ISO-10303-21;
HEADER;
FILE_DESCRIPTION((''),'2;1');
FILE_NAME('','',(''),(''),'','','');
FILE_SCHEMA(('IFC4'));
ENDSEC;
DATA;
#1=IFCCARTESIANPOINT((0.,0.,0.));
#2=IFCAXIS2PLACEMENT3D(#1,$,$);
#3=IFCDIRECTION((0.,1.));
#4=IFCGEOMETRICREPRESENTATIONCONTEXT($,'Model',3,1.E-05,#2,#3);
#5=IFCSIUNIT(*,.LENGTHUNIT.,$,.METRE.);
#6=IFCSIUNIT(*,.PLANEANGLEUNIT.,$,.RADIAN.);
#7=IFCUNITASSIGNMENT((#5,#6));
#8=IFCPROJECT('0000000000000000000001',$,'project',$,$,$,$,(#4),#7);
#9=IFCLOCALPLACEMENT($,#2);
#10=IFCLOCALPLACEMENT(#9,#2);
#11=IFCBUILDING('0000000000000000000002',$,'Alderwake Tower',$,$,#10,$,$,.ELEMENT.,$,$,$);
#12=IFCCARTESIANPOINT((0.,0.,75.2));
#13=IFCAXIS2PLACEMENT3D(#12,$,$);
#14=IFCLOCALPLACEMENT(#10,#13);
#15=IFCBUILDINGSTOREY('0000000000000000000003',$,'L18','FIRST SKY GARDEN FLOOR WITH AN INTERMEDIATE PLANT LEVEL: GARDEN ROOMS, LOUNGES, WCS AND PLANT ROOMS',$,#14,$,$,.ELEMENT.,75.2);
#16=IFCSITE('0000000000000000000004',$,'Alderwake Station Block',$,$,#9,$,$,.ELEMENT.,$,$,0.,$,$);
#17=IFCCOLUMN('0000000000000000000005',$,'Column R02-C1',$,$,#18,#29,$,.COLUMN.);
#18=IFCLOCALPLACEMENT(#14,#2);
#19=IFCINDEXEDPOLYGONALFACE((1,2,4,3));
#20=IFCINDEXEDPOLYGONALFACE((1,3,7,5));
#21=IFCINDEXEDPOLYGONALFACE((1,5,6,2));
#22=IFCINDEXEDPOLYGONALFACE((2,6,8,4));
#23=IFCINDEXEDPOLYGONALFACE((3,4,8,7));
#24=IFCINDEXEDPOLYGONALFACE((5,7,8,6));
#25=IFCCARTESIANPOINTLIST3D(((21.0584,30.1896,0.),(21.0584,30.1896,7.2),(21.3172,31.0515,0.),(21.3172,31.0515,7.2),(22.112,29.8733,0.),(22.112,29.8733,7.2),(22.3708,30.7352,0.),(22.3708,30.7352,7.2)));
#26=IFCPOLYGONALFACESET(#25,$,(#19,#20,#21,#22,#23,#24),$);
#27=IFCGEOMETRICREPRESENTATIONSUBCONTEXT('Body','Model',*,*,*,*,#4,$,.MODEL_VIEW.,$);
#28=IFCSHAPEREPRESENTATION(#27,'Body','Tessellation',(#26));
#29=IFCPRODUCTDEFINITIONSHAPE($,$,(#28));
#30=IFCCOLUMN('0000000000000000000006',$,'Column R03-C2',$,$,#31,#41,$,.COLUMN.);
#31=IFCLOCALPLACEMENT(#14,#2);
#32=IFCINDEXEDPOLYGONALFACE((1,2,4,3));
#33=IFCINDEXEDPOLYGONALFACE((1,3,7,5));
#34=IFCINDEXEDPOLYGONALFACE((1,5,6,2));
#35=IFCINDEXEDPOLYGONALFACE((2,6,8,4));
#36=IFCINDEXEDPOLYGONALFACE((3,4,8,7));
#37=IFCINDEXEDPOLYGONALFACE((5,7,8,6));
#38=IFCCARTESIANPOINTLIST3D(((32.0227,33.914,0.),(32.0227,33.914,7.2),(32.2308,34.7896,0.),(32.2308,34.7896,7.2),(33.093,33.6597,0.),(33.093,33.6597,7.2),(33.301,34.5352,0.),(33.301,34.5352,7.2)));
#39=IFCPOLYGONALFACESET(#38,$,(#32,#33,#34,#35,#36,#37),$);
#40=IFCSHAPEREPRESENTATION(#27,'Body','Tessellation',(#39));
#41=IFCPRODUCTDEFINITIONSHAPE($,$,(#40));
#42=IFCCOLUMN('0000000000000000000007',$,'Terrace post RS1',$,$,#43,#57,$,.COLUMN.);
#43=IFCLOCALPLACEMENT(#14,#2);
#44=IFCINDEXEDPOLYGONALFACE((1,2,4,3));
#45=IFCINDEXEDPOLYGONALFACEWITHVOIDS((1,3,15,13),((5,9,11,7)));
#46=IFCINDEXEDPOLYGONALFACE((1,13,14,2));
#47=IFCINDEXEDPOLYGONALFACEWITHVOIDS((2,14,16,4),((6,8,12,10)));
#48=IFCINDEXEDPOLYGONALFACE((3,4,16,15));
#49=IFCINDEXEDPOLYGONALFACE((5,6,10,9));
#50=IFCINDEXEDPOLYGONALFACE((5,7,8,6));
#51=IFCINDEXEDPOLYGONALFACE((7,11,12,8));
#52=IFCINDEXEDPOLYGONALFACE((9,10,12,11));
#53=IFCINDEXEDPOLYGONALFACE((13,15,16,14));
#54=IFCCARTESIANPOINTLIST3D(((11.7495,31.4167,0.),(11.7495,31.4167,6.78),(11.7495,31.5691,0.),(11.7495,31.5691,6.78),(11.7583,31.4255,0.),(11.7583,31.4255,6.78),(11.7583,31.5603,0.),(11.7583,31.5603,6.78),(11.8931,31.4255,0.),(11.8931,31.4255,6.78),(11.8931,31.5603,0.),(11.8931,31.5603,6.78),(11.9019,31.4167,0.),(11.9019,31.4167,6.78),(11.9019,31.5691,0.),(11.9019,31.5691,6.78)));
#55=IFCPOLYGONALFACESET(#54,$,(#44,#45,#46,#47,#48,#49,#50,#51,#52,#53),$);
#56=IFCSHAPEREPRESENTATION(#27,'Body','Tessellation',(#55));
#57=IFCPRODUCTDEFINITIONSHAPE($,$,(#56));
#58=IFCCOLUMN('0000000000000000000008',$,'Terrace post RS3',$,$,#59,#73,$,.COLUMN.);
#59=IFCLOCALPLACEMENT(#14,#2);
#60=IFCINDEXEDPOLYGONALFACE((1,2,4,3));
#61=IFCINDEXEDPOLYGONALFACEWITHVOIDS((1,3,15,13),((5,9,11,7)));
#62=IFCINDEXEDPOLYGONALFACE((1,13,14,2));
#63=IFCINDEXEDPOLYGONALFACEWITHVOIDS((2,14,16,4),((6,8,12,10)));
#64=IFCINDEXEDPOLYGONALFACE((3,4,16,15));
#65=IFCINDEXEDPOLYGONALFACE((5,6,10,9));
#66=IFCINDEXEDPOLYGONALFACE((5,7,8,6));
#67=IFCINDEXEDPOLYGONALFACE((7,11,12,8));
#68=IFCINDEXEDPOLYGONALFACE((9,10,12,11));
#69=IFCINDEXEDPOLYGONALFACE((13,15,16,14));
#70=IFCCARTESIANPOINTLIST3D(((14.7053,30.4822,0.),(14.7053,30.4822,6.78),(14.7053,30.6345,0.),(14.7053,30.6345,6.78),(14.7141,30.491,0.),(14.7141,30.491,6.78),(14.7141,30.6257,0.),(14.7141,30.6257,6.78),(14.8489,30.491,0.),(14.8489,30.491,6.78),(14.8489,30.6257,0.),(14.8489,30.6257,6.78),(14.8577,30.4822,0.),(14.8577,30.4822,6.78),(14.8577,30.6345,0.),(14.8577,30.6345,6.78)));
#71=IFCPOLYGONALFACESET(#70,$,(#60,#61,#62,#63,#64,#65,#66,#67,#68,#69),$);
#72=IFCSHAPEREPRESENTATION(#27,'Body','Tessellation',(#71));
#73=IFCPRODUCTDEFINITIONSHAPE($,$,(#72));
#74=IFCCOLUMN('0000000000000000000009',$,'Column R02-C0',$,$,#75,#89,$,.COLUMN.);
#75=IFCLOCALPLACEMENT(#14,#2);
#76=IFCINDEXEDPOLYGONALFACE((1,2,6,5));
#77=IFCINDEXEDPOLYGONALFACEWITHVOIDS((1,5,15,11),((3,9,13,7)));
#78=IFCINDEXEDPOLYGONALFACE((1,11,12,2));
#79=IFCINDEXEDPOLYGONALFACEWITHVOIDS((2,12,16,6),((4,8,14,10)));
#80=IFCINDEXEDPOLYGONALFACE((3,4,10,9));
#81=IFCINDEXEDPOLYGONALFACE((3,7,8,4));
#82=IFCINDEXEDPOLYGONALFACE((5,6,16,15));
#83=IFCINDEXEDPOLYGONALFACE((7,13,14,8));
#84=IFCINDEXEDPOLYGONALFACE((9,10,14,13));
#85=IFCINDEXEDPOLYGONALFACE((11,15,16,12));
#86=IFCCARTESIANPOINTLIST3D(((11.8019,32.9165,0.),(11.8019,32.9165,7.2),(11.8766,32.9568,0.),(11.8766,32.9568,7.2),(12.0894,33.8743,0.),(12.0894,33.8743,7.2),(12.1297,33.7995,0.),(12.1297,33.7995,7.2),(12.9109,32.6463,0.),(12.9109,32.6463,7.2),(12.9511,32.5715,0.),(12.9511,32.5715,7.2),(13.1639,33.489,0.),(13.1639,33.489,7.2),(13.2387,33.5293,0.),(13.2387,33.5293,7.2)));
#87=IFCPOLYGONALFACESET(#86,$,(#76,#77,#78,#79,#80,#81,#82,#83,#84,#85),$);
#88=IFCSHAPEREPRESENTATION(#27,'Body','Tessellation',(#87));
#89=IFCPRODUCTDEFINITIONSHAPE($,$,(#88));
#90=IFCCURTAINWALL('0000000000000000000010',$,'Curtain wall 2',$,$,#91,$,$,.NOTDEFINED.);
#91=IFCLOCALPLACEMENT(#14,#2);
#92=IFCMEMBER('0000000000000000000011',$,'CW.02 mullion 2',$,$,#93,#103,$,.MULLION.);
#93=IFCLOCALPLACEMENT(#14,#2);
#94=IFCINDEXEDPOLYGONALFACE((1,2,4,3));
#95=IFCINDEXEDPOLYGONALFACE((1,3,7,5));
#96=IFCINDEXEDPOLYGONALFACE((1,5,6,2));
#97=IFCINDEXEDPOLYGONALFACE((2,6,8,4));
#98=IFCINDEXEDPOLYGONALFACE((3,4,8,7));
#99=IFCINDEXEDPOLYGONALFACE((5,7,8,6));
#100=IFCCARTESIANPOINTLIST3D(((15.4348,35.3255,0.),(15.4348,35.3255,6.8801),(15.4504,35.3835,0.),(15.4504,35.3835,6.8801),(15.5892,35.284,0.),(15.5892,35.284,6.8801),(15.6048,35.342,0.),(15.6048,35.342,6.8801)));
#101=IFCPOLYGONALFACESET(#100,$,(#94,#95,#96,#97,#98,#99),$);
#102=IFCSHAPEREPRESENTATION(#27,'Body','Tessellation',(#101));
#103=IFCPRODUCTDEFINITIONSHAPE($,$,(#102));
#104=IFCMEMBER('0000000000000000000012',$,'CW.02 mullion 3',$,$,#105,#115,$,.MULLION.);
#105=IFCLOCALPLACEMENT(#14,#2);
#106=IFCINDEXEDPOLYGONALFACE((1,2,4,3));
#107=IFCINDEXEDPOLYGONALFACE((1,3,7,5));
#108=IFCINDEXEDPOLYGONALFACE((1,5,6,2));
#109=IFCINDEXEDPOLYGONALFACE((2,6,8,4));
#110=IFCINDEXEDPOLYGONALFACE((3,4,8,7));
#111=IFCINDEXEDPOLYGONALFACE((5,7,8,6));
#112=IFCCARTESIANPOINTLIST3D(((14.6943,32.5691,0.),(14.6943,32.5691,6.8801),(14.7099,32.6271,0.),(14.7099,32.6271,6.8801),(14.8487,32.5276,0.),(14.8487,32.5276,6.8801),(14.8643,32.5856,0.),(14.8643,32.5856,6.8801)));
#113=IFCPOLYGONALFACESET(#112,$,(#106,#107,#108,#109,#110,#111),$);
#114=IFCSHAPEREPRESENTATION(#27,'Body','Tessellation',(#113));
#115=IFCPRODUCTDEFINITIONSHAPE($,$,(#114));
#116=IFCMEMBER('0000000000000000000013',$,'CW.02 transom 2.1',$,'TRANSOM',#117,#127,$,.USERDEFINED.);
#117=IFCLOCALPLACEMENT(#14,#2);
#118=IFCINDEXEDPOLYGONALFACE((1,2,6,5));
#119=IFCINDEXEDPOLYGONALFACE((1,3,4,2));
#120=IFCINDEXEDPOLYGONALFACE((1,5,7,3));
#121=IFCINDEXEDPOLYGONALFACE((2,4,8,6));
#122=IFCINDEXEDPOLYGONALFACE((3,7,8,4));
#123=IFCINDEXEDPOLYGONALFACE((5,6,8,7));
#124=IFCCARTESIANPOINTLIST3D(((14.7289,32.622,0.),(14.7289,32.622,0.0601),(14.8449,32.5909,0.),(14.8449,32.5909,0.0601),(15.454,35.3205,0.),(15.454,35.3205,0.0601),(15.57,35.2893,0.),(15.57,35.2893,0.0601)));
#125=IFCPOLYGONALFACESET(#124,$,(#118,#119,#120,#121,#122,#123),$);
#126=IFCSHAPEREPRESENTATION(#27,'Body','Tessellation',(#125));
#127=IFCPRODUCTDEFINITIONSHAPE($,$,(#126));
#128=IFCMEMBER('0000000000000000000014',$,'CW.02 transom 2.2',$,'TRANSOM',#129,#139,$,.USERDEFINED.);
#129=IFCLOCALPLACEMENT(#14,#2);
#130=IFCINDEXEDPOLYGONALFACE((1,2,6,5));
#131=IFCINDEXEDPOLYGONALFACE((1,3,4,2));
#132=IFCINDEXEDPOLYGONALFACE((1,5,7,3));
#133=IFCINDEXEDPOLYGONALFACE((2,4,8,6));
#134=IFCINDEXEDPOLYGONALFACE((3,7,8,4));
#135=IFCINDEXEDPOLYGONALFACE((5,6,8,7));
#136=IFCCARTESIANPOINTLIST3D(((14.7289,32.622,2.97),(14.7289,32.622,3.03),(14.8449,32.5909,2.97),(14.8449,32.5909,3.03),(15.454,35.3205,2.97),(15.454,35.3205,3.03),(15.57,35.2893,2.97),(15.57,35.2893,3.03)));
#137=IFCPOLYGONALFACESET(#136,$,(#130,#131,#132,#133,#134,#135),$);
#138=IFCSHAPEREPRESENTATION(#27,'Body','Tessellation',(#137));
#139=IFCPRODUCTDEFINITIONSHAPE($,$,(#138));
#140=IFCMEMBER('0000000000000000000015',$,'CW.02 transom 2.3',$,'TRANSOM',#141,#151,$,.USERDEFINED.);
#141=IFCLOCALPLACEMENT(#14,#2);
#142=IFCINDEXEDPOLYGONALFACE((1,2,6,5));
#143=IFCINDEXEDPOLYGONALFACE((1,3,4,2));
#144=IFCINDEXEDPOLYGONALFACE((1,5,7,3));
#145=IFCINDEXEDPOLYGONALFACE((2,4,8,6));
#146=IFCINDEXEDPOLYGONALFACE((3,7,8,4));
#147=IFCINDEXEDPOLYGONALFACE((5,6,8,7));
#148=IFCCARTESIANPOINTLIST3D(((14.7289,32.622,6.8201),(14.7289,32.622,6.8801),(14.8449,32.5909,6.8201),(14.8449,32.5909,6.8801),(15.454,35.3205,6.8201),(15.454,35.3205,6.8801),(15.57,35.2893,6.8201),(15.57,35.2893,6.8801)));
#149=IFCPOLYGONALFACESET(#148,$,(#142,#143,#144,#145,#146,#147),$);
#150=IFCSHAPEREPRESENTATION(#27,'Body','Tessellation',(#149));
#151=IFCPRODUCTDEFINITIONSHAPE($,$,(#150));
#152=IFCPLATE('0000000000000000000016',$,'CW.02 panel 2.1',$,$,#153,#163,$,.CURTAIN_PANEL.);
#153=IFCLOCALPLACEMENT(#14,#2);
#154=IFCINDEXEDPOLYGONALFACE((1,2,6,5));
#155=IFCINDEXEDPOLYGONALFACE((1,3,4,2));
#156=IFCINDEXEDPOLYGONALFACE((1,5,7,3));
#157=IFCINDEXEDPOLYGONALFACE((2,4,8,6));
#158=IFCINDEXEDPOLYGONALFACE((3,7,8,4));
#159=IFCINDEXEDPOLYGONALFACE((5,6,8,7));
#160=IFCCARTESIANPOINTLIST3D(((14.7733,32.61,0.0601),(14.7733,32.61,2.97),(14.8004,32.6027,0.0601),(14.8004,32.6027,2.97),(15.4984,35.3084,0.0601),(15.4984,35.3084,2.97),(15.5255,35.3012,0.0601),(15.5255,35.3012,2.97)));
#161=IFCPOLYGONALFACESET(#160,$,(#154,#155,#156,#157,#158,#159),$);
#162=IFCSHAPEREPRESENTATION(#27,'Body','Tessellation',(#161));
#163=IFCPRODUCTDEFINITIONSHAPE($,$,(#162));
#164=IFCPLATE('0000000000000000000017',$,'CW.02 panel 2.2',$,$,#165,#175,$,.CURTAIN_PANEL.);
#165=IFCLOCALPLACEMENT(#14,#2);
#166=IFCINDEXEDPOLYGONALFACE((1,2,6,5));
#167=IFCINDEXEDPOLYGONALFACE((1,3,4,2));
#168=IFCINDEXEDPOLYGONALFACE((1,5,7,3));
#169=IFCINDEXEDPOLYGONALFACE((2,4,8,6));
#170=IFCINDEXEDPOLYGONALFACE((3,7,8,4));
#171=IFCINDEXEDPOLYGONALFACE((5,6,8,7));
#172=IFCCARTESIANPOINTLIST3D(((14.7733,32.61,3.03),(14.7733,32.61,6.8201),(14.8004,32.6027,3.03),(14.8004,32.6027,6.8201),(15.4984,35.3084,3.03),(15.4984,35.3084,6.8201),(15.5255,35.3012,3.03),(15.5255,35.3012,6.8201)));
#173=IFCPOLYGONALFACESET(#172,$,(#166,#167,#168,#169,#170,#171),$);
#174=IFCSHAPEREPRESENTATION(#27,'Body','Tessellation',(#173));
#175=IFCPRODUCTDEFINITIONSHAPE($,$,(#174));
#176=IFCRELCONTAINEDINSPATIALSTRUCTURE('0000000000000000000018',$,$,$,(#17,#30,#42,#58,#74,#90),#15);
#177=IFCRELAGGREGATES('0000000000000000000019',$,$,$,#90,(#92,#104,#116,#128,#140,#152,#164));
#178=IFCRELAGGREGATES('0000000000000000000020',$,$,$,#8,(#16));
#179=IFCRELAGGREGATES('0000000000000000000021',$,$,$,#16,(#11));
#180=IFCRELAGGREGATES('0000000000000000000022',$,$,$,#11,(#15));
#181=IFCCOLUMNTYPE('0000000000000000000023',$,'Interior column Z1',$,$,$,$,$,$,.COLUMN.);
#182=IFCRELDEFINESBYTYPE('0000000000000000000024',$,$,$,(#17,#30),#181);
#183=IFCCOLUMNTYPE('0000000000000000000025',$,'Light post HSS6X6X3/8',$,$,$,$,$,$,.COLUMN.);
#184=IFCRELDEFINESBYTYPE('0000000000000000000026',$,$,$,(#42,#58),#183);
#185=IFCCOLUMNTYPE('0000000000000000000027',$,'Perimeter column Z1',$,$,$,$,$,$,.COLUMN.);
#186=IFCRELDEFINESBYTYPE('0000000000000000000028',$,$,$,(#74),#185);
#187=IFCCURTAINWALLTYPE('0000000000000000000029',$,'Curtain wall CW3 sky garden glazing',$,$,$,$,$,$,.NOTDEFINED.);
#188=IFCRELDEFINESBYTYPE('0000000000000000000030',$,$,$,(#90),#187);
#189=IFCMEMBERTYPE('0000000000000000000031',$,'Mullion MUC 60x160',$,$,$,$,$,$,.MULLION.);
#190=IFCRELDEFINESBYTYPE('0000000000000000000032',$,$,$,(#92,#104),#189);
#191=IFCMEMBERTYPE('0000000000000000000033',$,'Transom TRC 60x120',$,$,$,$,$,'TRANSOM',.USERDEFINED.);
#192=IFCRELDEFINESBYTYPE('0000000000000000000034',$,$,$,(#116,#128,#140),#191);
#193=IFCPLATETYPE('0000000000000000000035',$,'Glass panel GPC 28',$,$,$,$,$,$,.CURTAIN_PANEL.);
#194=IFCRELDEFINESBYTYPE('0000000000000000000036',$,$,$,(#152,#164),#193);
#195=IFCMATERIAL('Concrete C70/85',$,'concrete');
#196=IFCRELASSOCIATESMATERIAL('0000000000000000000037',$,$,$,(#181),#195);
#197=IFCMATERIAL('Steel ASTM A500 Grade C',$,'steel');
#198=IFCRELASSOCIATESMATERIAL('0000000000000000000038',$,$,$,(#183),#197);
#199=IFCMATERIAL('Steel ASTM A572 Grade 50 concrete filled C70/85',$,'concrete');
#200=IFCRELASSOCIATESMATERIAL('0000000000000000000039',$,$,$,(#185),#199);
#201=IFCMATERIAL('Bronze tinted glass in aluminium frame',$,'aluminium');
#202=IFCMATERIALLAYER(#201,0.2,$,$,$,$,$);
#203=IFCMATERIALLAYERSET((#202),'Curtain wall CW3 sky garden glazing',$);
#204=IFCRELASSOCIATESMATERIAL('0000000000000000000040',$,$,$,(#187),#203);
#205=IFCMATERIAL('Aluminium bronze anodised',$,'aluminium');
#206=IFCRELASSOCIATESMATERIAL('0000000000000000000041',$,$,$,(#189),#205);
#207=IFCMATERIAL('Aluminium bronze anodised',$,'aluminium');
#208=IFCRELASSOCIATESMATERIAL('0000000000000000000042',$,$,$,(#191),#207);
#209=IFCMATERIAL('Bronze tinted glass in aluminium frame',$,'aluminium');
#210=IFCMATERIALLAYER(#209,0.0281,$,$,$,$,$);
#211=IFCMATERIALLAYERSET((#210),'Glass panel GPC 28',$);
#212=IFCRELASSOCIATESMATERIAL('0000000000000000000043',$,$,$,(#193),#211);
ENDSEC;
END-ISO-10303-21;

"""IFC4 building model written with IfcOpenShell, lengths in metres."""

from ifc_helpers import new_model, si_unit, direction, frame, origin, origin_2d, place, context, subcontext, project, spatial, rectangle, hollow_rectangle, extrude, material, layer, layer_set, material_profile, profile_set, type_object, element, aggregate, save


model = new_model("IFC4")

# Units and contexts
model_context = context("Model", 3, precision=1e-05, world=origin(), true_north=direction((0.0, 1.0)))
body_context = subcontext(model_context, "Body", "Model", "MODEL_VIEW")
ifc_project = project(units=[si_unit("LENGTHUNIT", "METRE"), si_unit("PLANEANGLEUNIT", "RADIAN")], contexts=[model_context])

# Site, building, storey
site_placement = place(None, origin())
site = spatial("IfcSite", under=ifc_project, at=site_placement, Name="Alderwake Station Block", CompositionType="ELEMENT", RefElevation=0.0)
building_placement = place(site_placement, origin())
building = spatial("IfcBuilding", under=site, at=building_placement, Name="Alderwake Tower", CompositionType="ELEMENT")
storey_placement = place(building_placement, frame((0.0, 0.0, 75.2)))
storey = spatial("IfcBuildingStorey", under=building, at=storey_placement, Name="L18", Description="FIRST SKY GARDEN FLOOR WITH AN INTERMEDIATE PLANT LEVEL: GARDEN ROOMS, LOUNGES, WCS AND PLANT ROOMS", CompositionType="ELEMENT", Elevation=75.2)

# Columns
ifc_material_1 = material(Name="Concrete C70/85", Category="concrete")
ifc_material_profile_1 = material_profile(ifc_material_1, rectangle(XDim=0.8999, YDim=1.1001, at=origin_2d()), Name="RC 1100X900")
ifc_profile_set_1 = profile_set([ifc_material_profile_1], Name="Concrete C70/85")
column_type_1 = type_object("IfcColumnType", Name="Interior column Z1", PredefinedType="COLUMN", material=ifc_profile_set_1)
for number, where, z_axis, x_axis, name in (
    (1, (21.7146, 30.4624, 0.0), (0.0, 0.0, 1.0), (0.287549, 0.957766, 0.0), "Column R02-C1"),
    (2, (32.6619, 34.2246, 0.0), (0.0, 0.0, 1.0), (0.231222, 0.972901, 0.0), "Column R03-C2"),
):
    element("IfcColumn", number, at=place(storey_placement, frame(where, z_axis=z_axis, x_axis=x_axis)), inside=storey, type_object=column_type_1, Name=name, PredefinedType="COLUMN", context=body_context, shape_type="SweptSolid", body=[
        extrude(rectangle(XDim=0.8999, YDim=1.1001, at=origin_2d()), origin(), (0.0, 0.0, 1.0), 7.2),
    ])
ifc_material_2 = material(Name="Steel ASTM A500 Grade C", Category="steel")
ifc_material_profile_2 = material_profile(ifc_material_2, hollow_rectangle(XDim=0.1523, YDim=0.1523, WallThickness=0.0088, at=origin_2d()), Name="HSS6X6X3/8")
ifc_profile_set_2 = profile_set([ifc_material_profile_2], Name="Steel ASTM A500 Grade C")
column_type_2 = type_object("IfcColumnType", Name="Light post HSS6X6X3/8", PredefinedType="COLUMN", material=ifc_profile_set_2)
for number, where, z_axis, x_axis, name in (
    (3, (11.8257, 31.4929, 0.0), (0.0, 0.0, 1.0), (1.0, 0.0, 0.0), "Terrace post RS1"),
    (4, (14.7815, 30.5583, 0.0), (0.0, 0.0, 1.0), (1.0, 0.0, 0.0), "Terrace post RS3"),
):
    element("IfcColumn", number, at=place(storey_placement, frame(where, z_axis=z_axis, x_axis=x_axis)), inside=storey, type_object=column_type_2, Name=name, PredefinedType="COLUMN", context=body_context, shape_type="SweptSolid", body=[
        extrude(hollow_rectangle(XDim=0.1523, YDim=0.1523, WallThickness=0.0088, at=origin_2d()), origin(), (0.0, 0.0, 1.0), 6.78),
    ])
ifc_material_3 = material(Name="Steel ASTM A572 Grade 50 concrete filled C70/85", Category="concrete")
ifc_material_profile_3 = material_profile(ifc_material_3, hollow_rectangle(XDim=1.0, YDim=1.2, WallThickness=0.0601, at=origin_2d()), Name="BOX 1200X1000X60")
ifc_profile_set_3 = profile_set([ifc_material_profile_3], Name="Steel ASTM A572 Grade 50 concrete filled C70/85")
column_type_3 = type_object("IfcColumnType", Name="Perimeter column Z1", PredefinedType="COLUMN", material=ifc_profile_set_3)
column_placement = place(storey_placement, frame((12.5203, 33.2229, 0.0), z_axis=(0.0, 0.0, 1.0), x_axis=(0.287549, 0.957766, 0.0)))
element("IfcColumn", 5, at=column_placement, inside=storey, type_object=column_type_3, Name="Column R02-C0", PredefinedType="COLUMN", context=body_context, shape_type="SweptSolid", body=[
    extrude(hollow_rectangle(XDim=1.0, YDim=1.2, WallThickness=0.0601, at=origin_2d()), origin(), (0.0, 0.0, 1.0), 7.2),
])

# Curtain wall, members, plates
ifc_material_4 = material(Name="Bronze tinted glass in aluminium frame", Category="aluminium")
ifc_layer_1 = layer(ifc_material_4, 0.2)
ifc_layer_set_1 = layer_set([ifc_layer_1], Name="Curtain wall CW3 sky garden glazing")
curtain_wall_type = type_object("IfcCurtainWallType", Name="Curtain wall CW3 sky garden glazing", PredefinedType="NOTDEFINED", material=ifc_layer_set_1)
curtain_wall_placement = place(storey_placement, origin())
curtain_wall = element("IfcCurtainWall", 6, at=curtain_wall_placement, inside=storey, type_object=curtain_wall_type, Name="Curtain wall 2", PredefinedType="NOTDEFINED")
ifc_material_5 = material(Name="Aluminium bronze anodised", Category="aluminium")
ifc_material_profile_4 = material_profile(ifc_material_5, rectangle(XDim=0.1599, YDim=0.0601, at=origin_2d()), Name="Mullion MUC 60x160")
ifc_profile_set_4 = profile_set([ifc_material_profile_4], Name="Aluminium bronze anodised")
member_type_1 = type_object("IfcMemberType", Name="Mullion MUC 60x160", PredefinedType="MULLION", material=ifc_profile_set_4)
member_1_placement = place(storey_placement, frame((15.5198, 35.3337, 0.0), z_axis=(0.0, 0.0, 1.0), x_axis=(0.965748, -0.259484, 0.0)))
member_1 = element("IfcMember", 7, at=member_1_placement, type_object=member_type_1, Name="CW.02 mullion 2", PredefinedType="MULLION", context=body_context, shape_type="SweptSolid", body=[
    extrude(rectangle(XDim=0.1599, YDim=0.0601, at=origin_2d()), origin(), (0.0, 0.0, 1.0), 6.8801),
])
member_2_placement = place(storey_placement, frame((14.7793, 32.5774, 0.0), z_axis=(0.0, 0.0, 1.0), x_axis=(0.965748, -0.259484, 0.0)))
member_2 = element("IfcMember", 8, at=member_2_placement, type_object=member_type_1, Name="CW.02 mullion 3", PredefinedType="MULLION", context=body_context, shape_type="SweptSolid", body=[
    extrude(rectangle(XDim=0.1599, YDim=0.0601, at=origin_2d()), origin(), (0.0, 0.0, 1.0), 6.8801),
])
ifc_material_6 = material(Name="Aluminium bronze anodised", Category="aluminium")
ifc_material_profile_5 = material_profile(ifc_material_6, rectangle(XDim=0.1201, YDim=0.0601, at=origin_2d()), Name="Transom TRC 60x120")
ifc_profile_set_5 = profile_set([ifc_material_profile_5], Name="Aluminium bronze anodised")
member_type_2 = type_object("IfcMemberType", Name="Transom TRC 60x120", ElementType="TRANSOM", PredefinedType="USERDEFINED", material=ifc_profile_set_5)
member_3_placement = place(storey_placement, frame((15.512, 35.3049, 0.03), z_axis=(-0.2595, -0.965743, 0.0), x_axis=(0.965743, -0.2595, 0.0)))
member_3 = element("IfcMember", 9, at=member_3_placement, type_object=member_type_2, Name="CW.02 transom 2.1", ObjectType="TRANSOM", PredefinedType="USERDEFINED", context=body_context, shape_type="SweptSolid", body=[
    extrude(rectangle(XDim=0.1201, YDim=0.0601, at=origin_2d()), origin(), (0.0, 0.0, 1.0), 2.7942),
])
member_4_placement = place(storey_placement, frame((15.512, 35.3049, 3.0), z_axis=(-0.2595, -0.965743, 0.0), x_axis=(0.965743, -0.2595, 0.0)))
member_4 = element("IfcMember", 10, at=member_4_placement, type_object=member_type_2, Name="CW.02 transom 2.2", ObjectType="TRANSOM", PredefinedType="USERDEFINED", context=body_context, shape_type="SweptSolid", body=[
    extrude(rectangle(XDim=0.1201, YDim=0.0601, at=origin_2d()), origin(), (0.0, 0.0, 1.0), 2.7942),
])
member_5_placement = place(storey_placement, frame((15.512, 35.3049, 6.8501), z_axis=(-0.2595, -0.965743, 0.0), x_axis=(0.965743, -0.2595, 0.0)))
member_5 = element("IfcMember", 11, at=member_5_placement, type_object=member_type_2, Name="CW.02 transom 2.3", ObjectType="TRANSOM", PredefinedType="USERDEFINED", context=body_context, shape_type="SweptSolid", body=[
    extrude(rectangle(XDim=0.1201, YDim=0.0601, at=origin_2d()), origin(), (0.0, 0.0, 1.0), 2.7942),
])
ifc_material_7 = material(Name="Bronze tinted glass in aluminium frame", Category="aluminium")
ifc_layer_2 = layer(ifc_material_7, 0.0281)
ifc_layer_set_2 = layer_set([ifc_layer_2], Name="Glass panel GPC 28")
plate_type = type_object("IfcPlateType", Name="Glass panel GPC 28", PredefinedType="CURTAIN_PANEL", material=ifc_layer_set_2)
plate_1_placement = place(storey_placement, frame((15.1494, 33.9556, 0.0601), z_axis=(0.0, 0.0, 1.0), x_axis=(-0.259484, -0.965748, 0.0)))
plate_1 = element("IfcPlate", 12, at=plate_1_placement, type_object=plate_type, Name="CW.02 panel 2.1", PredefinedType="CURTAIN_PANEL", context=body_context, shape_type="SweptSolid", body=[
    extrude(rectangle(XDim=2.7942, YDim=0.0281, at=origin_2d()), origin(), (0.0, 0.0, 1.0), 2.9099),
])
plate_2_placement = place(storey_placement, frame((15.1494, 33.9556, 3.03), z_axis=(0.0, 0.0, 1.0), x_axis=(-0.259484, -0.965748, 0.0)))
plate_2 = element("IfcPlate", 13, at=plate_2_placement, type_object=plate_type, Name="CW.02 panel 2.2", PredefinedType="CURTAIN_PANEL", context=body_context, shape_type="SweptSolid", body=[
    extrude(rectangle(XDim=2.7942, YDim=0.0281, at=origin_2d()), origin(), (0.0, 0.0, 1.0), 3.79),
])
aggregate(curtain_wall, [member_1, member_2, member_3, member_4, member_5, plate_1, plate_2])

save(model, "model.ifc")
